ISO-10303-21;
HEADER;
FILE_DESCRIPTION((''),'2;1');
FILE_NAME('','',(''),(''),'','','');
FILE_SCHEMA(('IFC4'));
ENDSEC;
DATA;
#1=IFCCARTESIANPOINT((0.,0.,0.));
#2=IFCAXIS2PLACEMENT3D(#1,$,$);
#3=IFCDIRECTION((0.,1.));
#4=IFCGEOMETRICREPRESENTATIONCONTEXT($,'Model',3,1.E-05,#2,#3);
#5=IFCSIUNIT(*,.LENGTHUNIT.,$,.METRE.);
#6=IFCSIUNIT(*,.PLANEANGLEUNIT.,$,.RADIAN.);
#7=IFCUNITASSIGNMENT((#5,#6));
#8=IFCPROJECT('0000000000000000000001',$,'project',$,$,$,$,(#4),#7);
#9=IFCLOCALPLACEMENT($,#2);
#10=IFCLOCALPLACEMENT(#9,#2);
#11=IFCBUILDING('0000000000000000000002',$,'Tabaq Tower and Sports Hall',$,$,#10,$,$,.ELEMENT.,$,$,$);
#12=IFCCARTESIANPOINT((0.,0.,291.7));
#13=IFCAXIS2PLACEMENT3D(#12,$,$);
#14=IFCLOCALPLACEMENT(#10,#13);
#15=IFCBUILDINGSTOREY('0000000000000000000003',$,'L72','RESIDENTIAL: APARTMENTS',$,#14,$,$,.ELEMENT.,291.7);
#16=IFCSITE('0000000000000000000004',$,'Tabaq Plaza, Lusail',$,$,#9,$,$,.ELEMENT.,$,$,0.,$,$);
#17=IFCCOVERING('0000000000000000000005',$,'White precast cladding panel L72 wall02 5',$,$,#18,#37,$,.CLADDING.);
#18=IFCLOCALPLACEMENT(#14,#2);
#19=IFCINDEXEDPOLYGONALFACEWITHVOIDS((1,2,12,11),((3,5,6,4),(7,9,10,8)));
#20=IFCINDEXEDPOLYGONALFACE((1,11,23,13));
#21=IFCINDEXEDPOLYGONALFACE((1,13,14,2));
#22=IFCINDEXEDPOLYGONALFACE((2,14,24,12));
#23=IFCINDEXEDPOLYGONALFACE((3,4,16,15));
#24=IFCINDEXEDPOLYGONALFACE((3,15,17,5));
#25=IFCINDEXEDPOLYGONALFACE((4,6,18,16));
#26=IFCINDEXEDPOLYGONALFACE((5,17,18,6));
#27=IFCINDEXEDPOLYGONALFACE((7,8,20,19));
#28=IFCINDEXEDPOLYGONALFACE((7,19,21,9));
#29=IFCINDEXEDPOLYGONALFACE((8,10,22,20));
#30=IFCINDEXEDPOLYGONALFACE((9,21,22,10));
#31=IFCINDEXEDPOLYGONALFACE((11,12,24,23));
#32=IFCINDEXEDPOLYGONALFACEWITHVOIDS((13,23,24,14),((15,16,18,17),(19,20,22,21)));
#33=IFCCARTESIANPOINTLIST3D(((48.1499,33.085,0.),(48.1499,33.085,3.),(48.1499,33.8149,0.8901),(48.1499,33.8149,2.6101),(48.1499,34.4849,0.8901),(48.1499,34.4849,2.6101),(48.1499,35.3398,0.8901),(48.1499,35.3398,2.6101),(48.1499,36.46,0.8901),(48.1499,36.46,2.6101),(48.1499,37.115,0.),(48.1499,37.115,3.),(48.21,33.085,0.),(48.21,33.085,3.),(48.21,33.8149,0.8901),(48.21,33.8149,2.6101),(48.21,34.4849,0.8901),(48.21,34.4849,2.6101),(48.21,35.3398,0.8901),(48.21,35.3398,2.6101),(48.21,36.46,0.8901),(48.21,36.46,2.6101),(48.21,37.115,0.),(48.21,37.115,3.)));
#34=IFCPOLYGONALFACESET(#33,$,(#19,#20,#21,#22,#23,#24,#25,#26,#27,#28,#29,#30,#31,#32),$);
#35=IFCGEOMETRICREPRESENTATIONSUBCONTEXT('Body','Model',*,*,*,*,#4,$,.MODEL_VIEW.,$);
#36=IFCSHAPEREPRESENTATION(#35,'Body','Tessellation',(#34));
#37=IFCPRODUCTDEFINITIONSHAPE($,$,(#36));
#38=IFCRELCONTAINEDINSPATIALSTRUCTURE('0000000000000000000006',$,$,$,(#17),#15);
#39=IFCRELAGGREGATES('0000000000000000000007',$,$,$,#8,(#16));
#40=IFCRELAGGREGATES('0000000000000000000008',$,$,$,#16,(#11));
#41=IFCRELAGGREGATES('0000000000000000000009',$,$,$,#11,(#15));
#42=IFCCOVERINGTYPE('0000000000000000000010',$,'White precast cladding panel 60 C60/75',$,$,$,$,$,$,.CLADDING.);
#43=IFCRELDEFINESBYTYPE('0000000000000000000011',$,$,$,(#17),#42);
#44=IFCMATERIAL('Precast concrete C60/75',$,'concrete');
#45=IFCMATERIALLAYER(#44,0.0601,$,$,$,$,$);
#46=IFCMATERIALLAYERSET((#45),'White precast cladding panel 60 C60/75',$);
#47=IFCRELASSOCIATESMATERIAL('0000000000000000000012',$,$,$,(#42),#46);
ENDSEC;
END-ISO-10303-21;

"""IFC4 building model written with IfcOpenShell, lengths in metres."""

from ifc_helpers import new_model, si_unit, direction, frame, origin, place, context, subcontext, project, spatial, polyline, outline, extrude, material, layer, layer_set, type_object, element, save


model = new_model("IFC4")

# Units and contexts
model_context = context("Model", 3, precision=1e-05, world=origin(), true_north=direction((0.0, 1.0)))
body_context = subcontext(model_context, "Body", "Model", "MODEL_VIEW")
ifc_project = project(units=[si_unit("LENGTHUNIT", "METRE"), si_unit("PLANEANGLEUNIT", "RADIAN")], contexts=[model_context])

# Site, building, storey
site_placement = place(None, origin())
site = spatial("IfcSite", under=ifc_project, at=site_placement, Name="Tabaq Plaza, Lusail", CompositionType="ELEMENT", RefElevation=0.0)
building_placement = place(site_placement, origin())
building = spatial("IfcBuilding", under=site, at=building_placement, Name="Tabaq Tower and Sports Hall", CompositionType="ELEMENT")
storey_placement = place(building_placement, frame((0.0, 0.0, 291.7)))
storey = spatial("IfcBuildingStorey", under=building, at=storey_placement, Name="L72", Description="RESIDENTIAL: APARTMENTS", CompositionType="ELEMENT", Elevation=291.7)

# Covering
ifc_material_1 = material(Name="Precast concrete C60/75", Category="concrete")
ifc_layer_1 = layer(ifc_material_1, 0.0601)
ifc_layer_set_1 = layer_set([ifc_layer_1], Name="White precast cladding panel 60 C60/75")
covering_type_1 = type_object("IfcCoveringType", Name="White precast cladding panel 60 C60/75", PredefinedType="CLADDING", material=ifc_layer_set_1)
covering_1_placement = place(storey_placement, frame((48.1799, 33.085, 0.0), z_axis=(0.0, 0.0, 1.0), x_axis=(0.0, 1.0, 0.0)))
element("IfcCovering", 1, at=covering_1_placement, inside=storey, type_object=covering_type_1, Name="White precast cladding panel L72 wall02 5", PredefinedType="CLADDING", context=body_context, shape_type="SweptSolid", body=[
    extrude(outline(polyline([(0.0, 0.0), (4.03, 0.0), (4.03, 3.0), (0.0, 3.0), (0.0, 0.0)]), holes=[polyline([(0.73, 2.6101), (1.3999, 2.6101), (1.3999, 0.8901), (0.73, 0.8901), (0.73, 2.6101)]), polyline([(2.2549, 2.6101), (3.375, 2.6101), (3.375, 0.8901), (2.2549, 0.8901), (2.2549, 2.6101)])]), frame((0.0, 0.03, 0.0), z_axis=(0.0, -1.0, 0.0), x_axis=(1.0, 0.0, 0.0)), (0.0, 0.0, 1.0), 0.0601),
])

save(model, "model.ifc")
